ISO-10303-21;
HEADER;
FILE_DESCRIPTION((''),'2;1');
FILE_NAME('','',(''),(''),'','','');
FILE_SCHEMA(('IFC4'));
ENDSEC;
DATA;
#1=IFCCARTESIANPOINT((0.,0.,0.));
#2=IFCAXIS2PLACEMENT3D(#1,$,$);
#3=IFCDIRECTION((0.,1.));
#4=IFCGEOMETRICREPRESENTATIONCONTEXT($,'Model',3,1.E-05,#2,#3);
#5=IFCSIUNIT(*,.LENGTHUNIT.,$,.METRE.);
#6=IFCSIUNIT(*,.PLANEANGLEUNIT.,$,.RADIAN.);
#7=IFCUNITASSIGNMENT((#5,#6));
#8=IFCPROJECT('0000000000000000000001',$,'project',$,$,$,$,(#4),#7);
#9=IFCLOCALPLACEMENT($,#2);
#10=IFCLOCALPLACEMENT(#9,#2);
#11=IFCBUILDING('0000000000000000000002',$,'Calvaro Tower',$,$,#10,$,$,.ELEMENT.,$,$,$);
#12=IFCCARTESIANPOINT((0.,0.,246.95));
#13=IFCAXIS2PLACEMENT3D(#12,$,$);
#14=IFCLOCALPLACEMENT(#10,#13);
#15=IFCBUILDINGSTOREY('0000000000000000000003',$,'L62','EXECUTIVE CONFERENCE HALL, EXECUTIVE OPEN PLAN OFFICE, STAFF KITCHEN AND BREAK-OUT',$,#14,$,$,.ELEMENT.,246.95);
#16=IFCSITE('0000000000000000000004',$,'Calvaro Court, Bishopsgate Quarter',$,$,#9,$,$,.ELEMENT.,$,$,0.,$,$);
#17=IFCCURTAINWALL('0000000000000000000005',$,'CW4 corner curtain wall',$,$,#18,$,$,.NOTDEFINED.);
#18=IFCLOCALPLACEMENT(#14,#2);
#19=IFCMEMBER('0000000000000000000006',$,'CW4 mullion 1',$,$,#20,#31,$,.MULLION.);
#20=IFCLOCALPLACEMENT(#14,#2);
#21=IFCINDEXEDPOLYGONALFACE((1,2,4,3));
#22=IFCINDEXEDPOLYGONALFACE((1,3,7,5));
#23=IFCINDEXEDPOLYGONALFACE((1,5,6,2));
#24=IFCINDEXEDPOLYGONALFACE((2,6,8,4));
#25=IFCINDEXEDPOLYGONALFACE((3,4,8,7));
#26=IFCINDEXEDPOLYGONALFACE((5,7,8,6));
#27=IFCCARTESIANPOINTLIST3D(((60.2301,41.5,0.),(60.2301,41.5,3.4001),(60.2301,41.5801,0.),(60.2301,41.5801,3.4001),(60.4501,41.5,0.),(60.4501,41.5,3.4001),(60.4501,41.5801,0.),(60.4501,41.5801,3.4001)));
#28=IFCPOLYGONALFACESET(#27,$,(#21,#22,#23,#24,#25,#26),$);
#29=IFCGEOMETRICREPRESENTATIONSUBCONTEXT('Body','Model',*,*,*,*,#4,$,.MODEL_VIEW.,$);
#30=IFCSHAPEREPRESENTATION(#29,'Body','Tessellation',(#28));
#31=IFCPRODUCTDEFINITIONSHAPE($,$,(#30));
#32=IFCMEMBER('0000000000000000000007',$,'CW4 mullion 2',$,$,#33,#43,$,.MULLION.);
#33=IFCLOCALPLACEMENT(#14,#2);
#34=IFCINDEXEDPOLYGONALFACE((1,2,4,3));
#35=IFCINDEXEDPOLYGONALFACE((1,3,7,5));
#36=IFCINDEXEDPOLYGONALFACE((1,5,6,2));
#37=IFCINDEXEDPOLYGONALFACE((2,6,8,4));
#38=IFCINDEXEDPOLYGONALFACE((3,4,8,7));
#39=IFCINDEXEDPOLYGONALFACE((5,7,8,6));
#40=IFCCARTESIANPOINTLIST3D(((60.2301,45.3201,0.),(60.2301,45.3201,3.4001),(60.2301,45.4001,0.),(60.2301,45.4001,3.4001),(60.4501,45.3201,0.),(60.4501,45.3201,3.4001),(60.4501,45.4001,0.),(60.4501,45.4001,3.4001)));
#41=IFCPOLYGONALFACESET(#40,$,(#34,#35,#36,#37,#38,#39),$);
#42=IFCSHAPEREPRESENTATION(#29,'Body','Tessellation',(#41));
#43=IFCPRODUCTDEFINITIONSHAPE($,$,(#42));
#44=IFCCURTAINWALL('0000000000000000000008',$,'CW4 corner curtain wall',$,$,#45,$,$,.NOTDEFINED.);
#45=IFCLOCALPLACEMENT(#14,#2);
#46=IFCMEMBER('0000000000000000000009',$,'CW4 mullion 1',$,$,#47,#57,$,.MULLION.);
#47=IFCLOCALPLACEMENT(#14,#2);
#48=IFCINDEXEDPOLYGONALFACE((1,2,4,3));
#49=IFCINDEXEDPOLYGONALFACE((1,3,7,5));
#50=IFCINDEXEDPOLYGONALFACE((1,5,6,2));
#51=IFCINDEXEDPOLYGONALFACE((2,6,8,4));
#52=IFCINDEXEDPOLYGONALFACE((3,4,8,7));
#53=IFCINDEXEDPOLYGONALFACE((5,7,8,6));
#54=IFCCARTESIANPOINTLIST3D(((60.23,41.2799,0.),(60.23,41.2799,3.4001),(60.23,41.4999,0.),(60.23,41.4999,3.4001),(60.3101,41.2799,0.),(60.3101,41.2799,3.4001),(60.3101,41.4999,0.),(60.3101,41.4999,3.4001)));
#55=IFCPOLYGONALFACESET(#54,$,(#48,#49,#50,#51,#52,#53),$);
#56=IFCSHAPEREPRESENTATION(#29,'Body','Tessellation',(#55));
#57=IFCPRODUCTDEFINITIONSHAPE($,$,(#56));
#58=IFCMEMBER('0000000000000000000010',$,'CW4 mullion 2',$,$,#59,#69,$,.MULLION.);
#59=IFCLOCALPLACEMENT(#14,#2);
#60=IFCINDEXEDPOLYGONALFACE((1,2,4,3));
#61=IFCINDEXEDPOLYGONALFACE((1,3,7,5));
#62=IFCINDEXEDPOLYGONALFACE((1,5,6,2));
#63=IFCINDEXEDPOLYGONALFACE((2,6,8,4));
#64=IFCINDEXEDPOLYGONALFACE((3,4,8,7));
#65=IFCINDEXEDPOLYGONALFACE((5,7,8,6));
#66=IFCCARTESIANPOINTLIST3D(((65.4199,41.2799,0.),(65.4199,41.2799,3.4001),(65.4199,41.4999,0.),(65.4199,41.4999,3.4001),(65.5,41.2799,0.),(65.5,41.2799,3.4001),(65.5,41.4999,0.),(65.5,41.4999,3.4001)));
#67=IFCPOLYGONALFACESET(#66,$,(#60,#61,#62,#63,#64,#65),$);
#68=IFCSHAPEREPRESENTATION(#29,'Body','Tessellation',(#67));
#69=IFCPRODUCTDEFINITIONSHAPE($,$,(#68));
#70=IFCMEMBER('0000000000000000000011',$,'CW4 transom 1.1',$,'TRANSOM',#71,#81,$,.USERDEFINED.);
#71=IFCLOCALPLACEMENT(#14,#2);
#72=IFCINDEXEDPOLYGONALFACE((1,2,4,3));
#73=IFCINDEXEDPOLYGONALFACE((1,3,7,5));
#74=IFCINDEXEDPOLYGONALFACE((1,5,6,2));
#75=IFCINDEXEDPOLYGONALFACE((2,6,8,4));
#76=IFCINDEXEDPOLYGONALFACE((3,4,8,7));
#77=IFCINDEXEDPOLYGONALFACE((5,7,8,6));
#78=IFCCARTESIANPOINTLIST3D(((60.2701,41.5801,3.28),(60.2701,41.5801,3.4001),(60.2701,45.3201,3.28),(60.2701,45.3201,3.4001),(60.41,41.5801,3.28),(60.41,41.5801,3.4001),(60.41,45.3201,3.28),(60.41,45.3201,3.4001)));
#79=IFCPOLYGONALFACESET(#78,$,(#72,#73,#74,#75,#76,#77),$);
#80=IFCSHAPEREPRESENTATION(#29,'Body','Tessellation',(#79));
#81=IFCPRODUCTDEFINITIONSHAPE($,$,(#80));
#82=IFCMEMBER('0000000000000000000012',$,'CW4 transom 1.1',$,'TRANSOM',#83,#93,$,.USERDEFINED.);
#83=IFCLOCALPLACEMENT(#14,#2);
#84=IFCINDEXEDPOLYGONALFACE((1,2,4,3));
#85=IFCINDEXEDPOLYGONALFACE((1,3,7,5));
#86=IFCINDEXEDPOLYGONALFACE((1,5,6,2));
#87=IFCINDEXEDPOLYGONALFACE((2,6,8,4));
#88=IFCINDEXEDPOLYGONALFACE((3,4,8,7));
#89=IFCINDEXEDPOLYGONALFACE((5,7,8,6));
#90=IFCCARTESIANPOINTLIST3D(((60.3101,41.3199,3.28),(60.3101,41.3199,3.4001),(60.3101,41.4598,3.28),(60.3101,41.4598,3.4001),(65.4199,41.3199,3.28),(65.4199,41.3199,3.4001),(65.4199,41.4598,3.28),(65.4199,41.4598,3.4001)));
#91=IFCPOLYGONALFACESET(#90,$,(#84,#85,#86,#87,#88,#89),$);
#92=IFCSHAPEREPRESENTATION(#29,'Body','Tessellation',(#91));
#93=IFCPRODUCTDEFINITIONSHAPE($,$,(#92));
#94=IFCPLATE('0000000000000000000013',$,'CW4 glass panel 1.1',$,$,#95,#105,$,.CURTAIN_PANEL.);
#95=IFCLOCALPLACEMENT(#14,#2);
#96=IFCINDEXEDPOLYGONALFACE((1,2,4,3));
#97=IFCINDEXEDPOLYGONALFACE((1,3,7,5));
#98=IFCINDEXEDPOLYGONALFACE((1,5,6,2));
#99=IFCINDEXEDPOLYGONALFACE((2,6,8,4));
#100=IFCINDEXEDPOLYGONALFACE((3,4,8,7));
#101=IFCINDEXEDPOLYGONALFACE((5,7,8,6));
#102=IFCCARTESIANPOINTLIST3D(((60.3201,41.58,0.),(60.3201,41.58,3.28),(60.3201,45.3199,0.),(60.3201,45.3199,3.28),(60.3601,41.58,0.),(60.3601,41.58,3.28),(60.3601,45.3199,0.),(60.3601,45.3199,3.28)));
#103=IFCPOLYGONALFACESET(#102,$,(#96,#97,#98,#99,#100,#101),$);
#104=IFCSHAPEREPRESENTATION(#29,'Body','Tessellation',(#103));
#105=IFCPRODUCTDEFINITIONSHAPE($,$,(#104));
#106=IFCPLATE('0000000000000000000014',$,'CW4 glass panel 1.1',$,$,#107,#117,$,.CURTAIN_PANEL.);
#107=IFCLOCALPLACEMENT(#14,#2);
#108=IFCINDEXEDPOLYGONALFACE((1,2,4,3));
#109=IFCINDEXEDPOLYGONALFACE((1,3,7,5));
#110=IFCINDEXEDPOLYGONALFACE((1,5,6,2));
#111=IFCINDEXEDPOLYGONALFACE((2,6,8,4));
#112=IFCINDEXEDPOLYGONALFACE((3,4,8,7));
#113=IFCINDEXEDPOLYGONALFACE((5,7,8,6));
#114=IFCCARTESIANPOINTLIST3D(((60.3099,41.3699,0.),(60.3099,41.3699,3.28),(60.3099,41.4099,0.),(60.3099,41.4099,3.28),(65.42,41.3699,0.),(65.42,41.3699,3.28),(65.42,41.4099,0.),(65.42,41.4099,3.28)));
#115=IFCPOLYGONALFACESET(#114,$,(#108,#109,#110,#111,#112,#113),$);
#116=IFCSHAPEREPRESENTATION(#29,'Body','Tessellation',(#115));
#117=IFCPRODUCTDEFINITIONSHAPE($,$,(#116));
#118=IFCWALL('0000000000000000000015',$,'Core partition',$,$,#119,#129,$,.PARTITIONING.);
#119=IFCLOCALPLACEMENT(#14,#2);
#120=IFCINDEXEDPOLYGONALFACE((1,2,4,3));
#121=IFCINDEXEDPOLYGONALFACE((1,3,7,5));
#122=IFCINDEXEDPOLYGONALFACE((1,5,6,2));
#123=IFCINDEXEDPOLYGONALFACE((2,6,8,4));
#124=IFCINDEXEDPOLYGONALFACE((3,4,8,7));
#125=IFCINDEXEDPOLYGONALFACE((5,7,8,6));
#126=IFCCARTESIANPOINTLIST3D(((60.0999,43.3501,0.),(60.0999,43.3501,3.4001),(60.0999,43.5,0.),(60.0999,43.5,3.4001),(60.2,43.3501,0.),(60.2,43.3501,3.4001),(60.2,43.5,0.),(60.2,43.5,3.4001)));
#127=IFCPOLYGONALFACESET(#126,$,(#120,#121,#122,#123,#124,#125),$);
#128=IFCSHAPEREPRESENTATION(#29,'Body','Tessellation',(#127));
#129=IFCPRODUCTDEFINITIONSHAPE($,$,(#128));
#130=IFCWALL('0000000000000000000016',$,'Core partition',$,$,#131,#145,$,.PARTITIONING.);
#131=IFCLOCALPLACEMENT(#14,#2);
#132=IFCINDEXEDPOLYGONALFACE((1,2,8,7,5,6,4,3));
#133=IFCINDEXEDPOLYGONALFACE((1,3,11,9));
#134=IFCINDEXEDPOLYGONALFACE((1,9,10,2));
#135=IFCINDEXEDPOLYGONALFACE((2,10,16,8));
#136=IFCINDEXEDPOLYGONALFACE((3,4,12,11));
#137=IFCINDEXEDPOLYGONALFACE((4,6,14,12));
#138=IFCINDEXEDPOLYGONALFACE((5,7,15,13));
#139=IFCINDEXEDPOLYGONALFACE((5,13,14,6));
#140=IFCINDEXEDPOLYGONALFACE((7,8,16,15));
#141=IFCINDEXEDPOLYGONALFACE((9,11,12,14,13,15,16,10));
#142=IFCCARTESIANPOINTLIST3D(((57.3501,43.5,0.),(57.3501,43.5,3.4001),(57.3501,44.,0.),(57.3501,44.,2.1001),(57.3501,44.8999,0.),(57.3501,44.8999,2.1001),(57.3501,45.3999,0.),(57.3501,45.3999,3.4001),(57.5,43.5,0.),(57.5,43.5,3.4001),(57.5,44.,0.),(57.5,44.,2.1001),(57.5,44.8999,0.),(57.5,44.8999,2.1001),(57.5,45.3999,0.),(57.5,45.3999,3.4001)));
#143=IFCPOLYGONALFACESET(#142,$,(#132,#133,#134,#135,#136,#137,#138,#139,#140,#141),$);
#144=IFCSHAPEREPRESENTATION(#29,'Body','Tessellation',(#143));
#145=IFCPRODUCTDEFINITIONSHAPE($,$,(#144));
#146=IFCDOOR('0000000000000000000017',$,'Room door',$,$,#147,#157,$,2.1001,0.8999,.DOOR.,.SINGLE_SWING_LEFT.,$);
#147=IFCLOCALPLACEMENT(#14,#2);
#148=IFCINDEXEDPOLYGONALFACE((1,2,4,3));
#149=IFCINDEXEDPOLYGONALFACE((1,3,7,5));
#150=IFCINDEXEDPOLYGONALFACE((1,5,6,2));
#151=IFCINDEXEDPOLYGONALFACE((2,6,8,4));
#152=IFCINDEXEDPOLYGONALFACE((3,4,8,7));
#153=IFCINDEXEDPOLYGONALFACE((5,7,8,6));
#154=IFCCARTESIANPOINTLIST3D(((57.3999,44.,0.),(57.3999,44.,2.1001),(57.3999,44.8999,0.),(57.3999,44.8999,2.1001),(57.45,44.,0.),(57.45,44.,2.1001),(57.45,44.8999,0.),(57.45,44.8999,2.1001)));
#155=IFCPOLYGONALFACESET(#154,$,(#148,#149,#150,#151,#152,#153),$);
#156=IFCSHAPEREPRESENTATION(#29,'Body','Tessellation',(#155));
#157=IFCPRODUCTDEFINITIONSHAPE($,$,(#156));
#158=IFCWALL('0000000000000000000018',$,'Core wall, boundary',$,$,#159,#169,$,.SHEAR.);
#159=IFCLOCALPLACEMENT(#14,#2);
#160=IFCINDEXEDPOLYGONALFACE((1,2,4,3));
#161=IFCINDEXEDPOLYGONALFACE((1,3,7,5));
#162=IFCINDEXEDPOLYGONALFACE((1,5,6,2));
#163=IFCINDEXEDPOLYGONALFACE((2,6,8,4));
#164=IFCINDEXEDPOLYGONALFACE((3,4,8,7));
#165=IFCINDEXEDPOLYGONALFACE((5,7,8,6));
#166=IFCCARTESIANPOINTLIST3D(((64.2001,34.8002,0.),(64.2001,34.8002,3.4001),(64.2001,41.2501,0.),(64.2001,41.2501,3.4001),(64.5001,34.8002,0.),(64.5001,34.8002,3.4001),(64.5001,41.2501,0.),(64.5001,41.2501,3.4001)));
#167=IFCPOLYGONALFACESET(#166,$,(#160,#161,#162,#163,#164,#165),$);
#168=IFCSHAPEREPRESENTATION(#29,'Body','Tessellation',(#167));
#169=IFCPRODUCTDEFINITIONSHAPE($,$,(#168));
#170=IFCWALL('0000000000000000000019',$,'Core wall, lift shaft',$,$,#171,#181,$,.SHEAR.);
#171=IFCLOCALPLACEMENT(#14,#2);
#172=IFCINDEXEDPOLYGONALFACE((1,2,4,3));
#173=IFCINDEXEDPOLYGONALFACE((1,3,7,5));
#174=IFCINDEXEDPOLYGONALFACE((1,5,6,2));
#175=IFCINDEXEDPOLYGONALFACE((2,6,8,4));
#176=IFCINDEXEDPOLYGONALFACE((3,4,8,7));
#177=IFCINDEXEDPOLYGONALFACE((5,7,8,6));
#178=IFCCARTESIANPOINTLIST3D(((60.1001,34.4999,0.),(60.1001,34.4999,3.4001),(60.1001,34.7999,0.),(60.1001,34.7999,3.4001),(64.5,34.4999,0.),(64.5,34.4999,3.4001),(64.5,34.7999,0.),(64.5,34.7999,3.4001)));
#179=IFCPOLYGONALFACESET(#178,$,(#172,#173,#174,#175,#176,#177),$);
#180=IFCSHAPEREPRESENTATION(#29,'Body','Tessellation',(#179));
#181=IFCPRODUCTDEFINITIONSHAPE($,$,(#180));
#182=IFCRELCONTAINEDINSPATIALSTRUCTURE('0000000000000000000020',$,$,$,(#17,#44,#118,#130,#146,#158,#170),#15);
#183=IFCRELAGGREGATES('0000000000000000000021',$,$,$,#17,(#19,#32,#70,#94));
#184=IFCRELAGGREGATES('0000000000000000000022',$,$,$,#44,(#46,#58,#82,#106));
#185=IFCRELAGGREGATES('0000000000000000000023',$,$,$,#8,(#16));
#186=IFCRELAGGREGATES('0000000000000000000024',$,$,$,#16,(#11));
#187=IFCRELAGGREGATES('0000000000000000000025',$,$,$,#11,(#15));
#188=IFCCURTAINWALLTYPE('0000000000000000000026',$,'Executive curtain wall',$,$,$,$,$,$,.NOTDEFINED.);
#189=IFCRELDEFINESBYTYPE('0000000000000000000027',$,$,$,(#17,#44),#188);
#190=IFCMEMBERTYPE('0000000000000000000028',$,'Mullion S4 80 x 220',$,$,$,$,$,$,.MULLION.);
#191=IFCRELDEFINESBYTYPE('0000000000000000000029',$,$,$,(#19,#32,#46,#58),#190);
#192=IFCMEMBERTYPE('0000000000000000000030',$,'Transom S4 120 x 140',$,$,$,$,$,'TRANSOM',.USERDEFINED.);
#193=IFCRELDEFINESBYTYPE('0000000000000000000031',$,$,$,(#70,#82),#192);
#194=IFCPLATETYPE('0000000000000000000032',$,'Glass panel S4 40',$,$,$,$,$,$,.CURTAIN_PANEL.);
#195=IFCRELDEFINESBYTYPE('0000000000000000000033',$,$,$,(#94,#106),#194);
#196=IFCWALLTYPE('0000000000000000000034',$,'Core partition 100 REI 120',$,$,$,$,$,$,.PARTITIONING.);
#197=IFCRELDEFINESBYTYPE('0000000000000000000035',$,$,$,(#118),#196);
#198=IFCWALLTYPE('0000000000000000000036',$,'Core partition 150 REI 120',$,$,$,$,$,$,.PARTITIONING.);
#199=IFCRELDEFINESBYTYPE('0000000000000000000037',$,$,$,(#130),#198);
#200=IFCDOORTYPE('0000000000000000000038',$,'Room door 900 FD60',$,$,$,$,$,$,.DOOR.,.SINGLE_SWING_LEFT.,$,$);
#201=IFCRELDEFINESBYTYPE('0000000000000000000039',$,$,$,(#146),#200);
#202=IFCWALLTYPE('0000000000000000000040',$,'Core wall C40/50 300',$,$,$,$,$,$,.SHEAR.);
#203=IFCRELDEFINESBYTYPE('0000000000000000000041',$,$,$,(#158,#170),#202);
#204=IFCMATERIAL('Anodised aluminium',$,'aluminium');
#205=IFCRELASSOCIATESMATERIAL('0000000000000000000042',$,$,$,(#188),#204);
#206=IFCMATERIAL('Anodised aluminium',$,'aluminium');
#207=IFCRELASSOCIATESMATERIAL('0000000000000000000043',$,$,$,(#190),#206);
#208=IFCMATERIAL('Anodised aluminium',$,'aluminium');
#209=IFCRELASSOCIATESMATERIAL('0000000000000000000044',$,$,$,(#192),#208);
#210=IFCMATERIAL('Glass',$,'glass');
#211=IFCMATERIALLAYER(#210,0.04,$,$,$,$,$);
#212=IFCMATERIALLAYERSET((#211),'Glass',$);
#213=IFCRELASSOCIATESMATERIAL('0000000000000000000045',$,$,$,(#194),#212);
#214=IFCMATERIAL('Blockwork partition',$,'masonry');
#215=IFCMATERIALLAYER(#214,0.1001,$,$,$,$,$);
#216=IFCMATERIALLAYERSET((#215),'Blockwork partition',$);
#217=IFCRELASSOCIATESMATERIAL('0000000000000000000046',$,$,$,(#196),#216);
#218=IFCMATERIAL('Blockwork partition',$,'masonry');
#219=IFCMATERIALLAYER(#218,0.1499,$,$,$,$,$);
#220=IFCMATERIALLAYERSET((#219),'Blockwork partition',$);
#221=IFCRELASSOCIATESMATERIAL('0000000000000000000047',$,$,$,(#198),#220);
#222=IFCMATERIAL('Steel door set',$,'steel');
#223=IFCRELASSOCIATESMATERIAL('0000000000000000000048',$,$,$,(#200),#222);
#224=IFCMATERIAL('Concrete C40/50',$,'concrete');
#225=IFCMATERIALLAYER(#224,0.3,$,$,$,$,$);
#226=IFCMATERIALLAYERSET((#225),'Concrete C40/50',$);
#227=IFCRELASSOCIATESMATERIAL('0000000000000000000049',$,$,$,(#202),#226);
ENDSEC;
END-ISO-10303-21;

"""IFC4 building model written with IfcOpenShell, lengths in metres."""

from ifc_helpers import new_model, si_unit, direction, frame, frame_2d, origin, origin_2d, place, context, subcontext, project, spatial, rectangle, extrude, material, layer, layer_set, material_profile, profile_set, type_object, element, fill, aggregate, save


model = new_model("IFC4")

# Units and contexts
model_context = context("Model", 3, precision=1e-05, world=origin(), true_north=direction((0.0, 1.0)))
body_context = subcontext(model_context, "Body", "Model", "MODEL_VIEW")
ifc_project = project(units=[si_unit("LENGTHUNIT", "METRE"), si_unit("PLANEANGLEUNIT", "RADIAN")], contexts=[model_context])

# Site, building, storey
site_placement = place(None, origin())
site = spatial("IfcSite", under=ifc_project, at=site_placement, Name="Calvaro Court, Bishopsgate Quarter", CompositionType="ELEMENT", RefElevation=0.0)
building_placement = place(site_placement, origin())
building = spatial("IfcBuilding", under=site, at=building_placement, Name="Calvaro Tower", CompositionType="ELEMENT")
storey_placement = place(building_placement, frame((0.0, 0.0, 246.95)))
storey = spatial("IfcBuildingStorey", under=building, at=storey_placement, Name="L62", Description="EXECUTIVE CONFERENCE HALL, EXECUTIVE OPEN PLAN OFFICE, STAFF KITCHEN AND BREAK-OUT", CompositionType="ELEMENT", Elevation=246.95)

# Curtain walls, members
ifc_material_1 = material(Name="Anodised aluminium", Category="aluminium")
curtain_wall_type = type_object("IfcCurtainWallType", Name="Executive curtain wall", PredefinedType="NOTDEFINED", material=ifc_material_1)
curtain_wall_1_placement = place(storey_placement, origin())
curtain_wall_1 = element("IfcCurtainWall", 1, at=curtain_wall_1_placement, inside=storey, type_object=curtain_wall_type, Name="CW4 corner curtain wall", PredefinedType="NOTDEFINED")
ifc_material_2 = material(Name="Anodised aluminium", Category="aluminium")
ifc_material_profile_1 = material_profile(ifc_material_2, rectangle(XDim=0.22, YDim=0.0801, at=origin_2d()), Name="Mullion S4 80 x 220")
ifc_profile_set_1 = profile_set([ifc_material_profile_1], Name="Anodised aluminium")
member_type_1 = type_object("IfcMemberType", Name="Mullion S4 80 x 220", PredefinedType="MULLION", material=ifc_profile_set_1)
member_1_placement = place(storey_placement, frame((60.3401, 41.54, 0.0), z_axis=(0.0, 0.0, 1.0), x_axis=(-1.0, 0.0, 0.0)))
member_1 = element("IfcMember", 2, at=member_1_placement, type_object=member_type_1, Name="CW4 mullion 1", PredefinedType="MULLION", context=body_context, shape_type="SweptSolid", body=[
    extrude(rectangle(XDim=0.22, YDim=0.0801, at=origin_2d()), origin(), (0.0, 0.0, 1.0), 3.4001),
])
member_2_placement = place(storey_placement, frame((60.3401, 45.3601, 0.0), z_axis=(0.0, 0.0, 1.0), x_axis=(-1.0, 0.0, 0.0)))
member_2 = element("IfcMember", 3, at=member_2_placement, type_object=member_type_1, Name="CW4 mullion 2", PredefinedType="MULLION", context=body_context, shape_type="SweptSolid", body=[
    extrude(rectangle(XDim=0.22, YDim=0.0801, at=origin_2d()), origin(), (0.0, 0.0, 1.0), 3.4001),
])
curtain_wall_2_placement = place(storey_placement, origin())
curtain_wall_2 = element("IfcCurtainWall", 4, at=curtain_wall_2_placement, inside=storey, type_object=curtain_wall_type, Name="CW4 corner curtain wall", PredefinedType="NOTDEFINED")
member_3_placement = place(storey_placement, frame((60.27, 41.3899, 0.0), z_axis=(0.0, 0.0, 1.0), x_axis=(0.0, 1.0, 0.0)))
member_3 = element("IfcMember", 5, at=member_3_placement, type_object=member_type_1, Name="CW4 mullion 1", PredefinedType="MULLION", context=body_context, shape_type="SweptSolid", body=[
    extrude(rectangle(XDim=0.22, YDim=0.0801, at=origin_2d()), origin(), (0.0, 0.0, 1.0), 3.4001),
])
member_4_placement = place(storey_placement, frame((65.46, 41.3899, 0.0), z_axis=(0.0, 0.0, 1.0), x_axis=(0.0, 1.0, 0.0)))
member_4 = element("IfcMember", 6, at=member_4_placement, type_object=member_type_1, Name="CW4 mullion 2", PredefinedType="MULLION", context=body_context, shape_type="SweptSolid", body=[
    extrude(rectangle(XDim=0.22, YDim=0.0801, at=origin_2d()), origin(), (0.0, 0.0, 1.0), 3.4001),
])

# Members
ifc_material_3 = material(Name="Anodised aluminium", Category="aluminium")
ifc_material_profile_2 = material_profile(ifc_material_3, rectangle(XDim=0.1399, YDim=0.1201, at=origin_2d()), Name="Transom S4 120 x 140")
ifc_profile_set_2 = profile_set([ifc_material_profile_2], Name="Anodised aluminium")
member_type_2 = type_object("IfcMemberType", Name="Transom S4 120 x 140", ElementType="TRANSOM", PredefinedType="USERDEFINED", material=ifc_profile_set_2)
member_5_placement = place(storey_placement, frame((60.3401, 41.5801, 3.3401), z_axis=(0.0, 1.0, 0.0), x_axis=(-1.0, 0.0, 0.0)))
member_5 = element("IfcMember", 7, at=member_5_placement, type_object=member_type_2, Name="CW4 transom 1.1", ObjectType="TRANSOM", PredefinedType="USERDEFINED", context=body_context, shape_type="SweptSolid", body=[
    extrude(rectangle(XDim=0.1399, YDim=0.1201, at=origin_2d()), origin(), (0.0, 0.0, 1.0), 3.74),
])
member_6_placement = place(storey_placement, frame((60.3101, 41.3899, 3.3401), z_axis=(1.0, 0.0, 0.0), x_axis=(0.0, 1.0, 0.0)))
member_6 = element("IfcMember", 8, at=member_6_placement, type_object=member_type_2, Name="CW4 transom 1.1", ObjectType="TRANSOM", PredefinedType="USERDEFINED", context=body_context, shape_type="SweptSolid", body=[
    extrude(rectangle(XDim=0.1399, YDim=0.1201, at=origin_2d()), origin(), (0.0, 0.0, 1.0), 5.1099),
])

# Plates
ifc_material_4 = material(Name="Glass", Category="glass")
ifc_layer_1 = layer(ifc_material_4, 0.04)
ifc_layer_set_1 = layer_set([ifc_layer_1], Name="Glass")
plate_type = type_object("IfcPlateType", Name="Glass panel S4 40", PredefinedType="CURTAIN_PANEL", material=ifc_layer_set_1)
plate_1_placement = place(storey_placement, frame((60.3401, 43.45, 0.0), z_axis=(0.0, 0.0, 1.0), x_axis=(0.0, 1.0, 0.0)))
plate_1 = element("IfcPlate", 9, at=plate_1_placement, type_object=plate_type, Name="CW4 glass panel 1.1", PredefinedType="CURTAIN_PANEL", context=body_context, shape_type="SweptSolid", body=[
    extrude(rectangle(XDim=3.74, YDim=0.04, at=origin_2d()), origin(), (0.0, 0.0, 1.0), 3.28),
])
aggregate(curtain_wall_1, [member_1, member_2, member_5, plate_1])
plate_2_placement = place(storey_placement, frame((62.865, 41.3899, 0.0), z_axis=(0.0, 0.0, 1.0), x_axis=(1.0, 0.0, 0.0)))
plate_2 = element("IfcPlate", 10, at=plate_2_placement, type_object=plate_type, Name="CW4 glass panel 1.1", PredefinedType="CURTAIN_PANEL", context=body_context, shape_type="SweptSolid", body=[
    extrude(rectangle(XDim=5.1101, YDim=0.04, at=origin_2d()), origin(), (0.0, 0.0, 1.0), 3.28),
])
aggregate(curtain_wall_2, [member_3, member_4, member_6, plate_2])

# Wall
ifc_material_5 = material(Name="Blockwork partition", Category="masonry")
ifc_layer_2 = layer(ifc_material_5, 0.1001)
ifc_layer_set_2 = layer_set([ifc_layer_2], Name="Blockwork partition")
wall_type_1 = type_object("IfcWallType", Name="Core partition 100 REI 120", PredefinedType="PARTITIONING", material=ifc_layer_set_2)
wall_1_placement = place(storey_placement, frame((60.1499, 43.3501, 0.0), z_axis=(0.0, 0.0, 1.0), x_axis=(0.0, 1.0, 0.0)))
element("IfcWall", 11, at=wall_1_placement, inside=storey, type_object=wall_type_1, Name="Core partition", PredefinedType="PARTITIONING", context=body_context, shape_type="SweptSolid", body=[
    extrude(rectangle(XDim=0.1499, YDim=0.1001, at=frame_2d((0.075, 0.0))), origin(), (0.0, 0.0, 1.0), 3.4001),
])

# Wall, opening, door
ifc_material_6 = material(Name="Blockwork partition", Category="masonry")
ifc_layer_3 = layer(ifc_material_6, 0.1499)
ifc_layer_set_3 = layer_set([ifc_layer_3], Name="Blockwork partition")
wall_type_2 = type_object("IfcWallType", Name="Core partition 150 REI 120", PredefinedType="PARTITIONING", material=ifc_layer_set_3)
wall_2_placement = place(storey_placement, frame((57.425, 45.3999, 0.0), z_axis=(0.0, 0.0, 1.0), x_axis=(0.0, -1.0, 0.0)))
wall_2 = element("IfcWall", 12, at=wall_2_placement, inside=storey, type_object=wall_type_2, Name="Core partition", PredefinedType="PARTITIONING", context=body_context, shape_type="SweptSolid", body=[
    extrude(rectangle(XDim=1.8999, YDim=0.1499, at=frame_2d((0.95, 0.0))), origin(), (0.0, 0.0, 1.0), 3.4001),
])
opening_1_placement = place(wall_2_placement, frame((0.5, 0.0, 0.0)))
opening_1 = element("IfcOpeningElement", 13, at=opening_1_placement, cuts=wall_2, PredefinedType="OPENING", context=body_context, shape_type="SweptSolid", body=[
    extrude(rectangle(XDim=0.8999, YDim=2.1001, at=frame_2d((0.45, 1.05))), frame((0.0, 0.085, 0.0), z_axis=(0.0, -1.0, 0.0), x_axis=(1.0, 0.0, 0.0)), (0.0, 0.0, 1.0), 0.1699),
])
ifc_material_7 = material(Name="Steel door set", Category="steel")
door_type_1 = type_object("IfcDoorType", Name="Room door 900 FD60", OperationType="SINGLE_SWING_LEFT", PredefinedType="DOOR", material=ifc_material_7)
door_1_placement = place(opening_1_placement, origin())
door_1 = element("IfcDoor", 14, at=door_1_placement, inside=storey, type_object=door_type_1, Name="Room door", OperationType="SINGLE_SWING_LEFT", OverallHeight=2.1001, OverallWidth=0.8999, PredefinedType="DOOR", context=body_context, shape_type="SweptSolid", body=[
    extrude(rectangle(XDim=0.8999, YDim=2.1001, at=frame_2d((0.45, 1.05))), frame((0.0, 0.0249, 0.0), z_axis=(0.0, -1.0, 0.0), x_axis=(1.0, 0.0, 0.0)), (0.0, 0.0, 1.0), 0.05),
])
fill(opening_1, door_1)

# Walls
ifc_material_8 = material(Name="Concrete C40/50", Category="concrete")
ifc_layer_4 = layer(ifc_material_8, 0.3)
ifc_layer_set_4 = layer_set([ifc_layer_4], Name="Concrete C40/50")
wall_type_3 = type_object("IfcWallType", Name="Core wall C40/50 300", PredefinedType="SHEAR", material=ifc_layer_set_4)
wall_3_placement = place(storey_placement, frame((64.3501, 34.8, 0.0), z_axis=(0.0, 0.0, 1.0), x_axis=(0.0, 1.0, 0.0)))
element("IfcWall", 15, at=wall_3_placement, inside=storey, type_object=wall_type_3, Name="Core wall, boundary", PredefinedType="SHEAR", context=body_context, shape_type="SweptSolid", body=[
    extrude(rectangle(XDim=6.45, YDim=0.3, at=frame_2d((3.2251, 0.0))), origin(), (0.0, 0.0, 1.0), 3.4001),
])
wall_4_placement = place(storey_placement, frame((60.1001, 34.6499, 0.0), z_axis=(0.0, 0.0, 1.0), x_axis=(1.0, 0.0, 0.0)))
element("IfcWall", 16, at=wall_4_placement, inside=storey, type_object=wall_type_3, Name="Core wall, lift shaft", PredefinedType="SHEAR", context=body_context, shape_type="SweptSolid", body=[
    extrude(rectangle(XDim=4.3999, YDim=0.3, at=frame_2d((2.2, 0.0))), origin(), (0.0, 0.0, 1.0), 3.4001),
])

save(model, "model.ifc")
